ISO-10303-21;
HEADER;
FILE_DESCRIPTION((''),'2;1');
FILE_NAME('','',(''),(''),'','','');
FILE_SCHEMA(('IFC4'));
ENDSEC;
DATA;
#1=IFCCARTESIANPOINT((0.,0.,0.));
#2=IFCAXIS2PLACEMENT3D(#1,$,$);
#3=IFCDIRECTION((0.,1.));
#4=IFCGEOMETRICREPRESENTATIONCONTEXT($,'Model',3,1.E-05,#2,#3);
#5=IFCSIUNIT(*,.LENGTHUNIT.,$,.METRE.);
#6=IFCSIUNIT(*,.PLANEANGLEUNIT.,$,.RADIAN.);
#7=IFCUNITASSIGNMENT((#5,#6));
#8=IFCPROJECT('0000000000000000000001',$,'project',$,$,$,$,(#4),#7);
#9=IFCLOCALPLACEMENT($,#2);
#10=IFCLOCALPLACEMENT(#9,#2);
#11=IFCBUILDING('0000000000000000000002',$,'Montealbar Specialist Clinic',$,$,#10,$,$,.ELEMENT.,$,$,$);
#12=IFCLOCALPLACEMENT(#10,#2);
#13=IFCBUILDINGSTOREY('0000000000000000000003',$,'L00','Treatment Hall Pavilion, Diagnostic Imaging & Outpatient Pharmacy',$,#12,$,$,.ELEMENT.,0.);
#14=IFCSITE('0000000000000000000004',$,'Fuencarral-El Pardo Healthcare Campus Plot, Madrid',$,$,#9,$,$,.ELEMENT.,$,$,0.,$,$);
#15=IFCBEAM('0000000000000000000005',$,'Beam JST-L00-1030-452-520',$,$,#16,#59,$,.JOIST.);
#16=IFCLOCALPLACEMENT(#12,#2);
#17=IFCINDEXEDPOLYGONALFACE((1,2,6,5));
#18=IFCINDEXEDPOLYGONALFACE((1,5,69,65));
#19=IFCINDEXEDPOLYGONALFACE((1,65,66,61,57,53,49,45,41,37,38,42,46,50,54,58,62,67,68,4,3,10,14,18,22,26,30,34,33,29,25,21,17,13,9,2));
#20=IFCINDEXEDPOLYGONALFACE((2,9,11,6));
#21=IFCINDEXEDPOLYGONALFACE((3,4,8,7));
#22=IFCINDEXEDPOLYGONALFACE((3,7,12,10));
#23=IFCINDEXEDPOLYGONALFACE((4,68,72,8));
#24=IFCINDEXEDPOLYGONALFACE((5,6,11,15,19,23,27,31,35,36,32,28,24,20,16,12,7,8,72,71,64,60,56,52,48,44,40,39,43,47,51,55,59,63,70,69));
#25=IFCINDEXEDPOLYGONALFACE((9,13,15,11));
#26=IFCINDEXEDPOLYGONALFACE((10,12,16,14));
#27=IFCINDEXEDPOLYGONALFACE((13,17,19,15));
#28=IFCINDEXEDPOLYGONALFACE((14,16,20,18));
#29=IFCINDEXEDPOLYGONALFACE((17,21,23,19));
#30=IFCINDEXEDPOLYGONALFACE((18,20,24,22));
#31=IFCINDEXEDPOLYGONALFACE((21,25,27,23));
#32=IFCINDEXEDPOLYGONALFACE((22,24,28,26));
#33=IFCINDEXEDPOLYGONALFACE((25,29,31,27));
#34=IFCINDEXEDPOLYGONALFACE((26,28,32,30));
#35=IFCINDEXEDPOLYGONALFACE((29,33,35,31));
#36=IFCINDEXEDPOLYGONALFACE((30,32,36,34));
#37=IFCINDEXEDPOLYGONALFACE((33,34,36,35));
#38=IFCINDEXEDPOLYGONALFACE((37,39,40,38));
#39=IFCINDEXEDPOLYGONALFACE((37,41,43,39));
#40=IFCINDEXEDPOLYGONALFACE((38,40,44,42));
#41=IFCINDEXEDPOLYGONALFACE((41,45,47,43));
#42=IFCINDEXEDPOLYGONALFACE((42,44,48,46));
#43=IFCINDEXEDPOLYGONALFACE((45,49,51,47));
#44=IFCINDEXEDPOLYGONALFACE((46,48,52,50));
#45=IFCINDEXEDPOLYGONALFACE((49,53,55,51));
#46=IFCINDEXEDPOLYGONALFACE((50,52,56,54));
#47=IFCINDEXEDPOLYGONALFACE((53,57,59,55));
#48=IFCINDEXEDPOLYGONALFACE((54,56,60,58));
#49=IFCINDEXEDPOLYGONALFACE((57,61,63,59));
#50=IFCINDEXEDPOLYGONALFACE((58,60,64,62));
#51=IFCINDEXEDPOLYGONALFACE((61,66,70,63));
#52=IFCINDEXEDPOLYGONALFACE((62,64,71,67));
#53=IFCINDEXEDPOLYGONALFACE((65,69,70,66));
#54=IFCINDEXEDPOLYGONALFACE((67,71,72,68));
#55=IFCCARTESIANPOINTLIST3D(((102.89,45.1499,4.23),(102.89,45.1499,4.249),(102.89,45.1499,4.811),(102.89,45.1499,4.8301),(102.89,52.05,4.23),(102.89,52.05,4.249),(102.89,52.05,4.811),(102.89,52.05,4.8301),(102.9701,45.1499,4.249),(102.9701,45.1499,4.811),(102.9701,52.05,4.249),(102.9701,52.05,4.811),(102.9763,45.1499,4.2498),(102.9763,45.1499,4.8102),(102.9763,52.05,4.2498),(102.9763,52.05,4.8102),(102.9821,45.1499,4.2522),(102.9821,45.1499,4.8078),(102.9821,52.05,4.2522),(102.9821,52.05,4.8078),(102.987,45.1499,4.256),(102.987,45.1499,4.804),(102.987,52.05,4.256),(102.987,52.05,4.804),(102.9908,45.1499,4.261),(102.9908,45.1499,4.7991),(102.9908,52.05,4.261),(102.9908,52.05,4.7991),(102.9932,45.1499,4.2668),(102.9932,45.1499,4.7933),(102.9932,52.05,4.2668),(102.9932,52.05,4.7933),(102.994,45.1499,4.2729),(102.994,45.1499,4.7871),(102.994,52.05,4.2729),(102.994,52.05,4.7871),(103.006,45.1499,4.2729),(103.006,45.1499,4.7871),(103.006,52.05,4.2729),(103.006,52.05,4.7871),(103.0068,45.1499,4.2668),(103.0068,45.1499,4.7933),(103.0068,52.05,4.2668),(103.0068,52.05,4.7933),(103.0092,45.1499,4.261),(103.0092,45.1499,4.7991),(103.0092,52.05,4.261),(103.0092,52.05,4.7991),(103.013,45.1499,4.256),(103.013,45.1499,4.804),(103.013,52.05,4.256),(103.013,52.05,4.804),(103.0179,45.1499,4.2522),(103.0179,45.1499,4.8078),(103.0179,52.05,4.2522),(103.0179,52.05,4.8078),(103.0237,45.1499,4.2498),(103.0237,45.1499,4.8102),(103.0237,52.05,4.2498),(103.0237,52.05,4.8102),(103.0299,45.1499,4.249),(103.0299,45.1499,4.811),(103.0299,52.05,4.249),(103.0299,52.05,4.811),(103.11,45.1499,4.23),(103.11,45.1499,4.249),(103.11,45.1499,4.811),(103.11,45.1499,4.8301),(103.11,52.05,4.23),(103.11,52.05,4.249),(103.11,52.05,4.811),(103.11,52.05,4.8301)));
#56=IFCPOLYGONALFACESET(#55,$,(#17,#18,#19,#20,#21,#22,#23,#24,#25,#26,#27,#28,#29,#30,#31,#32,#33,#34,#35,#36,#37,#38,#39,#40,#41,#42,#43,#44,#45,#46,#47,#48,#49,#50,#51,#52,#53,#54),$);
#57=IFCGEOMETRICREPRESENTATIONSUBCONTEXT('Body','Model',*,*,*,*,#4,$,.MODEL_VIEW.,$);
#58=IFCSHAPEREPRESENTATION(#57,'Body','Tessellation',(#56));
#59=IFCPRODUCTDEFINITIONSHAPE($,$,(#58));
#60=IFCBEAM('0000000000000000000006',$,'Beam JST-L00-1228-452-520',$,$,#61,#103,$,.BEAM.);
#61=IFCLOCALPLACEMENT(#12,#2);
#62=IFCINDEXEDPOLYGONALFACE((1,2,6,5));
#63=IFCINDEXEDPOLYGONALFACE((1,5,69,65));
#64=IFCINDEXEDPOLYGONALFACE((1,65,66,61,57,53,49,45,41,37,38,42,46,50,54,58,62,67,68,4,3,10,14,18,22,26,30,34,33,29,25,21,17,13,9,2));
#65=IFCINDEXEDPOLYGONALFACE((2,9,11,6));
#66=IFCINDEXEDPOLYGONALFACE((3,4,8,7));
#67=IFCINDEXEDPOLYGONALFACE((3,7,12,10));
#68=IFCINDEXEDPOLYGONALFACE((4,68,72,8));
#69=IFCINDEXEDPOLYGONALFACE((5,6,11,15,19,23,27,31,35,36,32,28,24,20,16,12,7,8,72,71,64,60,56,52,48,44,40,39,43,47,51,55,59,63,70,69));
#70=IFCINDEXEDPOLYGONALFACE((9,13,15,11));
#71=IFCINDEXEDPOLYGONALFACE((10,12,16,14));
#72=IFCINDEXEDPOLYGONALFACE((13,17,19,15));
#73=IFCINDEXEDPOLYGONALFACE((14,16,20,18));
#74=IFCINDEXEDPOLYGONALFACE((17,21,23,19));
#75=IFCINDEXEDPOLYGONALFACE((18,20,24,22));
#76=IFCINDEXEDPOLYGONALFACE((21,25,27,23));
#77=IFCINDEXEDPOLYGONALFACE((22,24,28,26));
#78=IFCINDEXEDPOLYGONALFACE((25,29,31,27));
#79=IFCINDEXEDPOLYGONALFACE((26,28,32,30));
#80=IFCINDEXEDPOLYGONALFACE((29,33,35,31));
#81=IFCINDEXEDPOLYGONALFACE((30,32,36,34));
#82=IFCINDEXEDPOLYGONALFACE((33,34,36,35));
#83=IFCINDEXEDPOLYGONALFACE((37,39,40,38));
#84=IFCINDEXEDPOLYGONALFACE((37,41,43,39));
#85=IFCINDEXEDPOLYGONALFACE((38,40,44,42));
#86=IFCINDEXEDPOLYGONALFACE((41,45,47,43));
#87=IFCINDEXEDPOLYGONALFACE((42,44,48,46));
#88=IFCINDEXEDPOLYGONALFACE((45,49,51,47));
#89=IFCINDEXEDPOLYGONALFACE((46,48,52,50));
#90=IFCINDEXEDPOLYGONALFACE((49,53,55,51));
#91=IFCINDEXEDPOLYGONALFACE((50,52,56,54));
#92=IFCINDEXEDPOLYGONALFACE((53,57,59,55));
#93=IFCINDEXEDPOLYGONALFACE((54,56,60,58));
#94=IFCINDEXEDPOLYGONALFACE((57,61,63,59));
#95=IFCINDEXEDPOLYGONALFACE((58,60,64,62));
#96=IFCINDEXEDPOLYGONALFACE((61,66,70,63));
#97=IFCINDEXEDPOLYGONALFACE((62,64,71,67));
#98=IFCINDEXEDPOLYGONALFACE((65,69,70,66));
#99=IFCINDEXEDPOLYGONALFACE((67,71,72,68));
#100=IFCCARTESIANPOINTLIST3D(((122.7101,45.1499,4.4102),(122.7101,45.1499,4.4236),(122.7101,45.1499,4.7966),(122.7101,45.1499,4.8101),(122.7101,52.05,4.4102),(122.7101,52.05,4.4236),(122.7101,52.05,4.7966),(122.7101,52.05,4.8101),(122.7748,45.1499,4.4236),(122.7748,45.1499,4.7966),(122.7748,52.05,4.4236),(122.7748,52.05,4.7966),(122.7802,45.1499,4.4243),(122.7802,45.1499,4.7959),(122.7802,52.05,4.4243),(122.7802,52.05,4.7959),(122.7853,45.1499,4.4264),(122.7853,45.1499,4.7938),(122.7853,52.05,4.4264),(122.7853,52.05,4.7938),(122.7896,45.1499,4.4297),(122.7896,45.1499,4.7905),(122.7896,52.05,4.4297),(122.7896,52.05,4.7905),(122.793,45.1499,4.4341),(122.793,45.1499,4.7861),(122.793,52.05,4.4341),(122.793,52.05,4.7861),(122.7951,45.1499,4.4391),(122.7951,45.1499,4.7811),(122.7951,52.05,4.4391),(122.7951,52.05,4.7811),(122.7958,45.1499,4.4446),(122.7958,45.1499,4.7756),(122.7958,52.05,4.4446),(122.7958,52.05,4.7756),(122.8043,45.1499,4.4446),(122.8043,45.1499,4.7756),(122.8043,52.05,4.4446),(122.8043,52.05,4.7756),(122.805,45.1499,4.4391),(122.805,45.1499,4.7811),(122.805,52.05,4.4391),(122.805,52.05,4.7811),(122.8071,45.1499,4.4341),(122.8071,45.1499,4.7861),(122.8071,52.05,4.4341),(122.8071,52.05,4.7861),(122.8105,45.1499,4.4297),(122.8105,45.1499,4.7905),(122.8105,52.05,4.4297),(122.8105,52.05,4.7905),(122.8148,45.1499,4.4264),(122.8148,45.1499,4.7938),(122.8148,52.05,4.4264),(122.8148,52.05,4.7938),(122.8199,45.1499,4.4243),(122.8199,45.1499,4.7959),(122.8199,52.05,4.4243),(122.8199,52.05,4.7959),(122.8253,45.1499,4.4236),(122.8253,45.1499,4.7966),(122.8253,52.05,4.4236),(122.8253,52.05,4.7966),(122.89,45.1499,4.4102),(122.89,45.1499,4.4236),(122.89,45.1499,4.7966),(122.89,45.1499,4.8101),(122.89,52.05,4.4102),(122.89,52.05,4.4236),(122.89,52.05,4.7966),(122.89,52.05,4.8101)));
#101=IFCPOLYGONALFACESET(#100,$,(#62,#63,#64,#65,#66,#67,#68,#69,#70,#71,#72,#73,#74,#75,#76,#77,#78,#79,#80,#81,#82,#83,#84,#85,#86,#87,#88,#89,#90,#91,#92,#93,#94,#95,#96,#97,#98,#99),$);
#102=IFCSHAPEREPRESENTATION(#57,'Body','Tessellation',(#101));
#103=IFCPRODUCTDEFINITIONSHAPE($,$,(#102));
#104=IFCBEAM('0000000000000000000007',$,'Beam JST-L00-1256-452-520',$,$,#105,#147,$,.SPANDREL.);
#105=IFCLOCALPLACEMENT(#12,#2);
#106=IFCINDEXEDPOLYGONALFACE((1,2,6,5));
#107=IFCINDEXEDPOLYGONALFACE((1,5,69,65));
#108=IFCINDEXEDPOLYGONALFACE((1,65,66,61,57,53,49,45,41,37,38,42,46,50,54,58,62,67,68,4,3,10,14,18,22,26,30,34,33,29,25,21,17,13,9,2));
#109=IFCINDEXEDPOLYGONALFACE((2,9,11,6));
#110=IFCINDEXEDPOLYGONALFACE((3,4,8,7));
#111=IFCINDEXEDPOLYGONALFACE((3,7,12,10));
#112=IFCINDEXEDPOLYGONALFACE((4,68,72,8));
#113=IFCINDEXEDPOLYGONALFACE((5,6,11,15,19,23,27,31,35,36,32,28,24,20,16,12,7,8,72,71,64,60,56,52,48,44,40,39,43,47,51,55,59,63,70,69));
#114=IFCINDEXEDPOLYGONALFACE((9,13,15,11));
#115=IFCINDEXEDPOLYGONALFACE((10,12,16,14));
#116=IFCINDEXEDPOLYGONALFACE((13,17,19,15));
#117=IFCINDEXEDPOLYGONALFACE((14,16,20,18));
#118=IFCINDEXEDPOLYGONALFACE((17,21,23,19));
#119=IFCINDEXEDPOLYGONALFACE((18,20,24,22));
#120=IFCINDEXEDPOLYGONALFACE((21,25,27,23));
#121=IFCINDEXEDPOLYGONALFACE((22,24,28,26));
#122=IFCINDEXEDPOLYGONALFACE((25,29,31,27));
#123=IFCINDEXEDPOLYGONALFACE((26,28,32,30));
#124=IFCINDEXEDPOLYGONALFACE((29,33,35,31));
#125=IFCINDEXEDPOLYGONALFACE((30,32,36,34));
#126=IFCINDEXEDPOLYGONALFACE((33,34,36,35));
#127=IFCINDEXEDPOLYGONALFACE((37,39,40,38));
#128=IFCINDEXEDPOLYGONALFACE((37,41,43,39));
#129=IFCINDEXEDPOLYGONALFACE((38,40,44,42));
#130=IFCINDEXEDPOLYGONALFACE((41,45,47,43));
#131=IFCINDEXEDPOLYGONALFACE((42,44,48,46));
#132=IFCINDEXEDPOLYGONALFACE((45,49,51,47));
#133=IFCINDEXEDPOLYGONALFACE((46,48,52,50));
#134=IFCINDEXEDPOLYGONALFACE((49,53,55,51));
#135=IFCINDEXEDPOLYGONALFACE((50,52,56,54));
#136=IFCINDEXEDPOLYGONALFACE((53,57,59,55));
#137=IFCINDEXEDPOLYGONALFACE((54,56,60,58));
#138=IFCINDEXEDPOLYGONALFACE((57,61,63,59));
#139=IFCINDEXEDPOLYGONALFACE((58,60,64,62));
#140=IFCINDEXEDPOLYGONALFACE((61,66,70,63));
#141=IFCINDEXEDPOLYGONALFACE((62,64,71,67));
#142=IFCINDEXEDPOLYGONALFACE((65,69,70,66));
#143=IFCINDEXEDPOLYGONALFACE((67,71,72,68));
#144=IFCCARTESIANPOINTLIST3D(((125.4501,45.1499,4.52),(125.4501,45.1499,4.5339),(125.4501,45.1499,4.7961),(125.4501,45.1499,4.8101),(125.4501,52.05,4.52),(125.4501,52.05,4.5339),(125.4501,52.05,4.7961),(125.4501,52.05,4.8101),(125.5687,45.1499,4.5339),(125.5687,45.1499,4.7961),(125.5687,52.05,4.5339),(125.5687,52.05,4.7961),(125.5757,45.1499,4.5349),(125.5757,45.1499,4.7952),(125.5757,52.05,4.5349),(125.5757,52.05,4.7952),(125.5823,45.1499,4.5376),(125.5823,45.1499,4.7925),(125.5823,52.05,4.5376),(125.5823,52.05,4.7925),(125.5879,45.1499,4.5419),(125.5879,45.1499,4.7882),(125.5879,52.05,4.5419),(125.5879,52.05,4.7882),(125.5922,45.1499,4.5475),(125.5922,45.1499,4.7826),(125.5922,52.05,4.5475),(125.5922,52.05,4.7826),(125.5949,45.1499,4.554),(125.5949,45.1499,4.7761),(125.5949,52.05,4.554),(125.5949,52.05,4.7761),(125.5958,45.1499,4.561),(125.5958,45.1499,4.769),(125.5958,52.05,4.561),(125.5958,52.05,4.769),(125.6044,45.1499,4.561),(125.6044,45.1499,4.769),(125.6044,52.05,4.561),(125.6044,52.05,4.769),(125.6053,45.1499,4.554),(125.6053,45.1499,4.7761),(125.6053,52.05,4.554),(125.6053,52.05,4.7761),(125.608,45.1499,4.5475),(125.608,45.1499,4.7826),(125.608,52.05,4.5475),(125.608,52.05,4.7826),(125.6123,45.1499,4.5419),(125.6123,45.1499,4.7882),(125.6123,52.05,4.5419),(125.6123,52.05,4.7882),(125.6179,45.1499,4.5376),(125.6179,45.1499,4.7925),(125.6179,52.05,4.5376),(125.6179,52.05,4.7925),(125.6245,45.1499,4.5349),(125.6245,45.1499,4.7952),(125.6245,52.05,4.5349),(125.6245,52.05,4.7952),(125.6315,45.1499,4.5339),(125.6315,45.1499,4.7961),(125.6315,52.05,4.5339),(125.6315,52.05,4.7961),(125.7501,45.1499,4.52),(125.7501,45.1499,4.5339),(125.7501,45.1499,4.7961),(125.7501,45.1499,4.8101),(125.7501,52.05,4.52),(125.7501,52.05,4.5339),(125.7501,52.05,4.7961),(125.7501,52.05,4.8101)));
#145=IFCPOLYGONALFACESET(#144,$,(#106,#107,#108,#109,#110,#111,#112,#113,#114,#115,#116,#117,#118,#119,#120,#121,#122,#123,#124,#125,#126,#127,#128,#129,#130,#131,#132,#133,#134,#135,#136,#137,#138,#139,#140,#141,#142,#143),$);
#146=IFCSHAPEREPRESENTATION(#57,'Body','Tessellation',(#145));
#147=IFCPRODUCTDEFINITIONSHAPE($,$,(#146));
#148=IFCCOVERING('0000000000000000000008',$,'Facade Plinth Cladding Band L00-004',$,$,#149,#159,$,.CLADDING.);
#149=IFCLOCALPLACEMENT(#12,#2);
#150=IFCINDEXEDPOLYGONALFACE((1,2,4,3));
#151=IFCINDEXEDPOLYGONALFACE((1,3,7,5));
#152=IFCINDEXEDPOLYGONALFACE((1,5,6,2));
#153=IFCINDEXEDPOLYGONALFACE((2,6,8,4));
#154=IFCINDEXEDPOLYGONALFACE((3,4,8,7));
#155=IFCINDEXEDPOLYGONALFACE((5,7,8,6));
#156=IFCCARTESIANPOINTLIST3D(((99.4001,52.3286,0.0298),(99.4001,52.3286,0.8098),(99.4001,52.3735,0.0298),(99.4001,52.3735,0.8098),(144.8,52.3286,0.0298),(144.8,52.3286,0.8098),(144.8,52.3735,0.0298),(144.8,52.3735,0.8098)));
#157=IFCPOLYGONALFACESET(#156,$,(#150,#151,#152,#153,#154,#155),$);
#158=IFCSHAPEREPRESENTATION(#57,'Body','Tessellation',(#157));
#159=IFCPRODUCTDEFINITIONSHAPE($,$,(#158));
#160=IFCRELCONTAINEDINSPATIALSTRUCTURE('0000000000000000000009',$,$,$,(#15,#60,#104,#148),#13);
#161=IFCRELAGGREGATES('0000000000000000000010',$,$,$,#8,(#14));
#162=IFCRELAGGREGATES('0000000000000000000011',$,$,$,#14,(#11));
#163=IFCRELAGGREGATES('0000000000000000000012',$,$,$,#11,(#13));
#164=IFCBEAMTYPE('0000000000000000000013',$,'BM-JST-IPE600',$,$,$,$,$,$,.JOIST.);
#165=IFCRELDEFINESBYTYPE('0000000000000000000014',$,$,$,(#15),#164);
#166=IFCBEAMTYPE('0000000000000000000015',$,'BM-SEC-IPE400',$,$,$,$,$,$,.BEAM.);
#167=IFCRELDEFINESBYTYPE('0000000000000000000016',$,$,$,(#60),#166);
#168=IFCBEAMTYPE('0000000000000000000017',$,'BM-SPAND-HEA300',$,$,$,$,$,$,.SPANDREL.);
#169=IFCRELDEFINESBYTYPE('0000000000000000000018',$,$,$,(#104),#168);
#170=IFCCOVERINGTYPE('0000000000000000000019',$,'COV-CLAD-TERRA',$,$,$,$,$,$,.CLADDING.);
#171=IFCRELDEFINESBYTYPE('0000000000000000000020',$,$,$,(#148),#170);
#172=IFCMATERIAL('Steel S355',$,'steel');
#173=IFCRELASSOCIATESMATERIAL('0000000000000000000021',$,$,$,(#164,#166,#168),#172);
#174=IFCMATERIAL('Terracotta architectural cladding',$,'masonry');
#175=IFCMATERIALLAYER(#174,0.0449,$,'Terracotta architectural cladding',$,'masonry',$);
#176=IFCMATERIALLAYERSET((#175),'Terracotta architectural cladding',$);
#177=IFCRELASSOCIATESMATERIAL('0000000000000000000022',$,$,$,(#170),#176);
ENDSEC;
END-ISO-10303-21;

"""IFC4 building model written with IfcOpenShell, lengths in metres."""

from ifc_helpers import new_model, si_unit, direction, frame, origin, origin_2d, place, context, subcontext, project, spatial, rectangle, i_section, extrude, material, layer, layer_set, material_profile, profile_set, type_object, element, save


model = new_model("IFC4")

# Units and contexts
model_context = context("Model", 3, precision=1e-05, world=origin(), true_north=direction((0.0, 1.0)))
body_context = subcontext(model_context, "Body", "Model", "MODEL_VIEW")
ifc_project = project(units=[si_unit("LENGTHUNIT", "METRE"), si_unit("PLANEANGLEUNIT", "RADIAN")], contexts=[model_context])

# Site, building, storey
site_placement = place(None, origin())
site = spatial("IfcSite", under=ifc_project, at=site_placement, Name="Fuencarral-El Pardo Healthcare Campus Plot, Madrid", CompositionType="ELEMENT", RefElevation=0.0)
building_placement = place(site_placement, origin())
building = spatial("IfcBuilding", under=site, at=building_placement, Name="Montealbar Specialist Clinic", CompositionType="ELEMENT")
storey_placement = place(building_placement, origin())
storey = spatial("IfcBuildingStorey", under=building, at=storey_placement, Name="L00", Description="Treatment Hall Pavilion, Diagnostic Imaging & Outpatient Pharmacy", CompositionType="ELEMENT", Elevation=0.0)

# Shared definitions
ifc_material_1 = material(Name="Steel S355", Category="steel")

# Beams
ifc_material_profile_1 = material_profile(ifc_material_1, i_section(OverallWidth=0.22, OverallDepth=0.6001, WebThickness=0.012, FlangeThickness=0.019, FilletRadius=0.0239, at=origin_2d()), Name="IPE 600", Category="steel")
ifc_profile_set_1 = profile_set([ifc_material_profile_1], Name="Steel S355")
beam_type_1 = type_object("IfcBeamType", Name="BM-JST-IPE600", PredefinedType="JOIST", material=ifc_profile_set_1)
beam_1_placement = place(storey_placement, frame((103.0, 45.1499, 4.53), z_axis=(0.0, 1.0, 0.0), x_axis=(-1.0, 0.0, 0.0)))
element("IfcBeam", 1, at=beam_1_placement, inside=storey, type_object=beam_type_1, Name="Beam JST-L00-1030-452-520", PredefinedType="JOIST", context=body_context, shape_type="SweptSolid", body=[
    extrude(i_section(OverallWidth=0.22, OverallDepth=0.6001, WebThickness=0.012, FlangeThickness=0.019, FilletRadius=0.0239, at=origin_2d()), origin(), (0.0, 0.0, 1.0), 6.9001),
])
ifc_material_profile_2 = material_profile(ifc_material_1, i_section(OverallWidth=0.1799, OverallDepth=0.3999, WebThickness=0.0085, FlangeThickness=0.0134, FilletRadius=0.021, at=origin_2d()), Name="IPE 400", Category="steel")
ifc_profile_set_2 = profile_set([ifc_material_profile_2], Name="Steel S355")
beam_type_2 = type_object("IfcBeamType", Name="BM-SEC-IPE400", PredefinedType="BEAM", material=ifc_profile_set_2)
beam_2_placement = place(storey_placement, frame((122.8, 45.1499, 4.6101), z_axis=(0.0, 1.0, 0.0), x_axis=(-1.0, 0.0, 0.0)))
element("IfcBeam", 2, at=beam_2_placement, inside=storey, type_object=beam_type_2, Name="Beam JST-L00-1228-452-520", PredefinedType="BEAM", context=body_context, shape_type="SweptSolid", body=[
    extrude(i_section(OverallWidth=0.1799, OverallDepth=0.3999, WebThickness=0.0085, FlangeThickness=0.0134, FilletRadius=0.021, at=origin_2d()), origin(), (0.0, 0.0, 1.0), 6.9001),
])
ifc_material_profile_3 = material_profile(ifc_material_1, i_section(OverallWidth=0.3, OverallDepth=0.29, WebThickness=0.0085, FlangeThickness=0.0139, FilletRadius=0.0271, at=origin_2d()), Name="HEA 300", Category="steel")
ifc_profile_set_3 = profile_set([ifc_material_profile_3], Name="Steel S355")
beam_type_3 = type_object("IfcBeamType", Name="BM-SPAND-HEA300", PredefinedType="SPANDREL", material=ifc_profile_set_3)
beam_3_placement = place(storey_placement, frame((125.6001, 45.1499, 4.665), z_axis=(0.0, 1.0, 0.0), x_axis=(-1.0, 0.0, 0.0)))
element("IfcBeam", 3, at=beam_3_placement, inside=storey, type_object=beam_type_3, Name="Beam JST-L00-1256-452-520", PredefinedType="SPANDREL", context=body_context, shape_type="SweptSolid", body=[
    extrude(i_section(OverallWidth=0.3, OverallDepth=0.29, WebThickness=0.0085, FlangeThickness=0.0139, FilletRadius=0.0271, at=origin_2d()), origin(), (0.0, 0.0, 1.0), 6.9001),
])

# Covering
ifc_material_2 = material(Name="Terracotta architectural cladding", Category="masonry")
ifc_layer = layer(ifc_material_2, 0.0449, Name="Terracotta architectural cladding", Category="masonry")
ifc_layer_set = layer_set([ifc_layer], Name="Terracotta architectural cladding")
covering_type = type_object("IfcCoveringType", Name="COV-CLAD-TERRA", PredefinedType="CLADDING", material=ifc_layer_set)
covering_placement = place(storey_placement, frame((122.1001, 52.3511, 0.0298), z_axis=(0.0, 0.0, 1.0), x_axis=(1.0, 0.0, 0.0)))
element("IfcCovering", 4, at=covering_placement, inside=storey, type_object=covering_type, Name="Facade Plinth Cladding Band L00-004", PredefinedType="CLADDING", context=body_context, shape_type="SweptSolid", body=[
    extrude(rectangle(XDim=45.3999, YDim=0.0449, at=origin_2d()), origin(), (0.0, 0.0, 1.0), 0.78),
])

save(model, "model.ifc")
